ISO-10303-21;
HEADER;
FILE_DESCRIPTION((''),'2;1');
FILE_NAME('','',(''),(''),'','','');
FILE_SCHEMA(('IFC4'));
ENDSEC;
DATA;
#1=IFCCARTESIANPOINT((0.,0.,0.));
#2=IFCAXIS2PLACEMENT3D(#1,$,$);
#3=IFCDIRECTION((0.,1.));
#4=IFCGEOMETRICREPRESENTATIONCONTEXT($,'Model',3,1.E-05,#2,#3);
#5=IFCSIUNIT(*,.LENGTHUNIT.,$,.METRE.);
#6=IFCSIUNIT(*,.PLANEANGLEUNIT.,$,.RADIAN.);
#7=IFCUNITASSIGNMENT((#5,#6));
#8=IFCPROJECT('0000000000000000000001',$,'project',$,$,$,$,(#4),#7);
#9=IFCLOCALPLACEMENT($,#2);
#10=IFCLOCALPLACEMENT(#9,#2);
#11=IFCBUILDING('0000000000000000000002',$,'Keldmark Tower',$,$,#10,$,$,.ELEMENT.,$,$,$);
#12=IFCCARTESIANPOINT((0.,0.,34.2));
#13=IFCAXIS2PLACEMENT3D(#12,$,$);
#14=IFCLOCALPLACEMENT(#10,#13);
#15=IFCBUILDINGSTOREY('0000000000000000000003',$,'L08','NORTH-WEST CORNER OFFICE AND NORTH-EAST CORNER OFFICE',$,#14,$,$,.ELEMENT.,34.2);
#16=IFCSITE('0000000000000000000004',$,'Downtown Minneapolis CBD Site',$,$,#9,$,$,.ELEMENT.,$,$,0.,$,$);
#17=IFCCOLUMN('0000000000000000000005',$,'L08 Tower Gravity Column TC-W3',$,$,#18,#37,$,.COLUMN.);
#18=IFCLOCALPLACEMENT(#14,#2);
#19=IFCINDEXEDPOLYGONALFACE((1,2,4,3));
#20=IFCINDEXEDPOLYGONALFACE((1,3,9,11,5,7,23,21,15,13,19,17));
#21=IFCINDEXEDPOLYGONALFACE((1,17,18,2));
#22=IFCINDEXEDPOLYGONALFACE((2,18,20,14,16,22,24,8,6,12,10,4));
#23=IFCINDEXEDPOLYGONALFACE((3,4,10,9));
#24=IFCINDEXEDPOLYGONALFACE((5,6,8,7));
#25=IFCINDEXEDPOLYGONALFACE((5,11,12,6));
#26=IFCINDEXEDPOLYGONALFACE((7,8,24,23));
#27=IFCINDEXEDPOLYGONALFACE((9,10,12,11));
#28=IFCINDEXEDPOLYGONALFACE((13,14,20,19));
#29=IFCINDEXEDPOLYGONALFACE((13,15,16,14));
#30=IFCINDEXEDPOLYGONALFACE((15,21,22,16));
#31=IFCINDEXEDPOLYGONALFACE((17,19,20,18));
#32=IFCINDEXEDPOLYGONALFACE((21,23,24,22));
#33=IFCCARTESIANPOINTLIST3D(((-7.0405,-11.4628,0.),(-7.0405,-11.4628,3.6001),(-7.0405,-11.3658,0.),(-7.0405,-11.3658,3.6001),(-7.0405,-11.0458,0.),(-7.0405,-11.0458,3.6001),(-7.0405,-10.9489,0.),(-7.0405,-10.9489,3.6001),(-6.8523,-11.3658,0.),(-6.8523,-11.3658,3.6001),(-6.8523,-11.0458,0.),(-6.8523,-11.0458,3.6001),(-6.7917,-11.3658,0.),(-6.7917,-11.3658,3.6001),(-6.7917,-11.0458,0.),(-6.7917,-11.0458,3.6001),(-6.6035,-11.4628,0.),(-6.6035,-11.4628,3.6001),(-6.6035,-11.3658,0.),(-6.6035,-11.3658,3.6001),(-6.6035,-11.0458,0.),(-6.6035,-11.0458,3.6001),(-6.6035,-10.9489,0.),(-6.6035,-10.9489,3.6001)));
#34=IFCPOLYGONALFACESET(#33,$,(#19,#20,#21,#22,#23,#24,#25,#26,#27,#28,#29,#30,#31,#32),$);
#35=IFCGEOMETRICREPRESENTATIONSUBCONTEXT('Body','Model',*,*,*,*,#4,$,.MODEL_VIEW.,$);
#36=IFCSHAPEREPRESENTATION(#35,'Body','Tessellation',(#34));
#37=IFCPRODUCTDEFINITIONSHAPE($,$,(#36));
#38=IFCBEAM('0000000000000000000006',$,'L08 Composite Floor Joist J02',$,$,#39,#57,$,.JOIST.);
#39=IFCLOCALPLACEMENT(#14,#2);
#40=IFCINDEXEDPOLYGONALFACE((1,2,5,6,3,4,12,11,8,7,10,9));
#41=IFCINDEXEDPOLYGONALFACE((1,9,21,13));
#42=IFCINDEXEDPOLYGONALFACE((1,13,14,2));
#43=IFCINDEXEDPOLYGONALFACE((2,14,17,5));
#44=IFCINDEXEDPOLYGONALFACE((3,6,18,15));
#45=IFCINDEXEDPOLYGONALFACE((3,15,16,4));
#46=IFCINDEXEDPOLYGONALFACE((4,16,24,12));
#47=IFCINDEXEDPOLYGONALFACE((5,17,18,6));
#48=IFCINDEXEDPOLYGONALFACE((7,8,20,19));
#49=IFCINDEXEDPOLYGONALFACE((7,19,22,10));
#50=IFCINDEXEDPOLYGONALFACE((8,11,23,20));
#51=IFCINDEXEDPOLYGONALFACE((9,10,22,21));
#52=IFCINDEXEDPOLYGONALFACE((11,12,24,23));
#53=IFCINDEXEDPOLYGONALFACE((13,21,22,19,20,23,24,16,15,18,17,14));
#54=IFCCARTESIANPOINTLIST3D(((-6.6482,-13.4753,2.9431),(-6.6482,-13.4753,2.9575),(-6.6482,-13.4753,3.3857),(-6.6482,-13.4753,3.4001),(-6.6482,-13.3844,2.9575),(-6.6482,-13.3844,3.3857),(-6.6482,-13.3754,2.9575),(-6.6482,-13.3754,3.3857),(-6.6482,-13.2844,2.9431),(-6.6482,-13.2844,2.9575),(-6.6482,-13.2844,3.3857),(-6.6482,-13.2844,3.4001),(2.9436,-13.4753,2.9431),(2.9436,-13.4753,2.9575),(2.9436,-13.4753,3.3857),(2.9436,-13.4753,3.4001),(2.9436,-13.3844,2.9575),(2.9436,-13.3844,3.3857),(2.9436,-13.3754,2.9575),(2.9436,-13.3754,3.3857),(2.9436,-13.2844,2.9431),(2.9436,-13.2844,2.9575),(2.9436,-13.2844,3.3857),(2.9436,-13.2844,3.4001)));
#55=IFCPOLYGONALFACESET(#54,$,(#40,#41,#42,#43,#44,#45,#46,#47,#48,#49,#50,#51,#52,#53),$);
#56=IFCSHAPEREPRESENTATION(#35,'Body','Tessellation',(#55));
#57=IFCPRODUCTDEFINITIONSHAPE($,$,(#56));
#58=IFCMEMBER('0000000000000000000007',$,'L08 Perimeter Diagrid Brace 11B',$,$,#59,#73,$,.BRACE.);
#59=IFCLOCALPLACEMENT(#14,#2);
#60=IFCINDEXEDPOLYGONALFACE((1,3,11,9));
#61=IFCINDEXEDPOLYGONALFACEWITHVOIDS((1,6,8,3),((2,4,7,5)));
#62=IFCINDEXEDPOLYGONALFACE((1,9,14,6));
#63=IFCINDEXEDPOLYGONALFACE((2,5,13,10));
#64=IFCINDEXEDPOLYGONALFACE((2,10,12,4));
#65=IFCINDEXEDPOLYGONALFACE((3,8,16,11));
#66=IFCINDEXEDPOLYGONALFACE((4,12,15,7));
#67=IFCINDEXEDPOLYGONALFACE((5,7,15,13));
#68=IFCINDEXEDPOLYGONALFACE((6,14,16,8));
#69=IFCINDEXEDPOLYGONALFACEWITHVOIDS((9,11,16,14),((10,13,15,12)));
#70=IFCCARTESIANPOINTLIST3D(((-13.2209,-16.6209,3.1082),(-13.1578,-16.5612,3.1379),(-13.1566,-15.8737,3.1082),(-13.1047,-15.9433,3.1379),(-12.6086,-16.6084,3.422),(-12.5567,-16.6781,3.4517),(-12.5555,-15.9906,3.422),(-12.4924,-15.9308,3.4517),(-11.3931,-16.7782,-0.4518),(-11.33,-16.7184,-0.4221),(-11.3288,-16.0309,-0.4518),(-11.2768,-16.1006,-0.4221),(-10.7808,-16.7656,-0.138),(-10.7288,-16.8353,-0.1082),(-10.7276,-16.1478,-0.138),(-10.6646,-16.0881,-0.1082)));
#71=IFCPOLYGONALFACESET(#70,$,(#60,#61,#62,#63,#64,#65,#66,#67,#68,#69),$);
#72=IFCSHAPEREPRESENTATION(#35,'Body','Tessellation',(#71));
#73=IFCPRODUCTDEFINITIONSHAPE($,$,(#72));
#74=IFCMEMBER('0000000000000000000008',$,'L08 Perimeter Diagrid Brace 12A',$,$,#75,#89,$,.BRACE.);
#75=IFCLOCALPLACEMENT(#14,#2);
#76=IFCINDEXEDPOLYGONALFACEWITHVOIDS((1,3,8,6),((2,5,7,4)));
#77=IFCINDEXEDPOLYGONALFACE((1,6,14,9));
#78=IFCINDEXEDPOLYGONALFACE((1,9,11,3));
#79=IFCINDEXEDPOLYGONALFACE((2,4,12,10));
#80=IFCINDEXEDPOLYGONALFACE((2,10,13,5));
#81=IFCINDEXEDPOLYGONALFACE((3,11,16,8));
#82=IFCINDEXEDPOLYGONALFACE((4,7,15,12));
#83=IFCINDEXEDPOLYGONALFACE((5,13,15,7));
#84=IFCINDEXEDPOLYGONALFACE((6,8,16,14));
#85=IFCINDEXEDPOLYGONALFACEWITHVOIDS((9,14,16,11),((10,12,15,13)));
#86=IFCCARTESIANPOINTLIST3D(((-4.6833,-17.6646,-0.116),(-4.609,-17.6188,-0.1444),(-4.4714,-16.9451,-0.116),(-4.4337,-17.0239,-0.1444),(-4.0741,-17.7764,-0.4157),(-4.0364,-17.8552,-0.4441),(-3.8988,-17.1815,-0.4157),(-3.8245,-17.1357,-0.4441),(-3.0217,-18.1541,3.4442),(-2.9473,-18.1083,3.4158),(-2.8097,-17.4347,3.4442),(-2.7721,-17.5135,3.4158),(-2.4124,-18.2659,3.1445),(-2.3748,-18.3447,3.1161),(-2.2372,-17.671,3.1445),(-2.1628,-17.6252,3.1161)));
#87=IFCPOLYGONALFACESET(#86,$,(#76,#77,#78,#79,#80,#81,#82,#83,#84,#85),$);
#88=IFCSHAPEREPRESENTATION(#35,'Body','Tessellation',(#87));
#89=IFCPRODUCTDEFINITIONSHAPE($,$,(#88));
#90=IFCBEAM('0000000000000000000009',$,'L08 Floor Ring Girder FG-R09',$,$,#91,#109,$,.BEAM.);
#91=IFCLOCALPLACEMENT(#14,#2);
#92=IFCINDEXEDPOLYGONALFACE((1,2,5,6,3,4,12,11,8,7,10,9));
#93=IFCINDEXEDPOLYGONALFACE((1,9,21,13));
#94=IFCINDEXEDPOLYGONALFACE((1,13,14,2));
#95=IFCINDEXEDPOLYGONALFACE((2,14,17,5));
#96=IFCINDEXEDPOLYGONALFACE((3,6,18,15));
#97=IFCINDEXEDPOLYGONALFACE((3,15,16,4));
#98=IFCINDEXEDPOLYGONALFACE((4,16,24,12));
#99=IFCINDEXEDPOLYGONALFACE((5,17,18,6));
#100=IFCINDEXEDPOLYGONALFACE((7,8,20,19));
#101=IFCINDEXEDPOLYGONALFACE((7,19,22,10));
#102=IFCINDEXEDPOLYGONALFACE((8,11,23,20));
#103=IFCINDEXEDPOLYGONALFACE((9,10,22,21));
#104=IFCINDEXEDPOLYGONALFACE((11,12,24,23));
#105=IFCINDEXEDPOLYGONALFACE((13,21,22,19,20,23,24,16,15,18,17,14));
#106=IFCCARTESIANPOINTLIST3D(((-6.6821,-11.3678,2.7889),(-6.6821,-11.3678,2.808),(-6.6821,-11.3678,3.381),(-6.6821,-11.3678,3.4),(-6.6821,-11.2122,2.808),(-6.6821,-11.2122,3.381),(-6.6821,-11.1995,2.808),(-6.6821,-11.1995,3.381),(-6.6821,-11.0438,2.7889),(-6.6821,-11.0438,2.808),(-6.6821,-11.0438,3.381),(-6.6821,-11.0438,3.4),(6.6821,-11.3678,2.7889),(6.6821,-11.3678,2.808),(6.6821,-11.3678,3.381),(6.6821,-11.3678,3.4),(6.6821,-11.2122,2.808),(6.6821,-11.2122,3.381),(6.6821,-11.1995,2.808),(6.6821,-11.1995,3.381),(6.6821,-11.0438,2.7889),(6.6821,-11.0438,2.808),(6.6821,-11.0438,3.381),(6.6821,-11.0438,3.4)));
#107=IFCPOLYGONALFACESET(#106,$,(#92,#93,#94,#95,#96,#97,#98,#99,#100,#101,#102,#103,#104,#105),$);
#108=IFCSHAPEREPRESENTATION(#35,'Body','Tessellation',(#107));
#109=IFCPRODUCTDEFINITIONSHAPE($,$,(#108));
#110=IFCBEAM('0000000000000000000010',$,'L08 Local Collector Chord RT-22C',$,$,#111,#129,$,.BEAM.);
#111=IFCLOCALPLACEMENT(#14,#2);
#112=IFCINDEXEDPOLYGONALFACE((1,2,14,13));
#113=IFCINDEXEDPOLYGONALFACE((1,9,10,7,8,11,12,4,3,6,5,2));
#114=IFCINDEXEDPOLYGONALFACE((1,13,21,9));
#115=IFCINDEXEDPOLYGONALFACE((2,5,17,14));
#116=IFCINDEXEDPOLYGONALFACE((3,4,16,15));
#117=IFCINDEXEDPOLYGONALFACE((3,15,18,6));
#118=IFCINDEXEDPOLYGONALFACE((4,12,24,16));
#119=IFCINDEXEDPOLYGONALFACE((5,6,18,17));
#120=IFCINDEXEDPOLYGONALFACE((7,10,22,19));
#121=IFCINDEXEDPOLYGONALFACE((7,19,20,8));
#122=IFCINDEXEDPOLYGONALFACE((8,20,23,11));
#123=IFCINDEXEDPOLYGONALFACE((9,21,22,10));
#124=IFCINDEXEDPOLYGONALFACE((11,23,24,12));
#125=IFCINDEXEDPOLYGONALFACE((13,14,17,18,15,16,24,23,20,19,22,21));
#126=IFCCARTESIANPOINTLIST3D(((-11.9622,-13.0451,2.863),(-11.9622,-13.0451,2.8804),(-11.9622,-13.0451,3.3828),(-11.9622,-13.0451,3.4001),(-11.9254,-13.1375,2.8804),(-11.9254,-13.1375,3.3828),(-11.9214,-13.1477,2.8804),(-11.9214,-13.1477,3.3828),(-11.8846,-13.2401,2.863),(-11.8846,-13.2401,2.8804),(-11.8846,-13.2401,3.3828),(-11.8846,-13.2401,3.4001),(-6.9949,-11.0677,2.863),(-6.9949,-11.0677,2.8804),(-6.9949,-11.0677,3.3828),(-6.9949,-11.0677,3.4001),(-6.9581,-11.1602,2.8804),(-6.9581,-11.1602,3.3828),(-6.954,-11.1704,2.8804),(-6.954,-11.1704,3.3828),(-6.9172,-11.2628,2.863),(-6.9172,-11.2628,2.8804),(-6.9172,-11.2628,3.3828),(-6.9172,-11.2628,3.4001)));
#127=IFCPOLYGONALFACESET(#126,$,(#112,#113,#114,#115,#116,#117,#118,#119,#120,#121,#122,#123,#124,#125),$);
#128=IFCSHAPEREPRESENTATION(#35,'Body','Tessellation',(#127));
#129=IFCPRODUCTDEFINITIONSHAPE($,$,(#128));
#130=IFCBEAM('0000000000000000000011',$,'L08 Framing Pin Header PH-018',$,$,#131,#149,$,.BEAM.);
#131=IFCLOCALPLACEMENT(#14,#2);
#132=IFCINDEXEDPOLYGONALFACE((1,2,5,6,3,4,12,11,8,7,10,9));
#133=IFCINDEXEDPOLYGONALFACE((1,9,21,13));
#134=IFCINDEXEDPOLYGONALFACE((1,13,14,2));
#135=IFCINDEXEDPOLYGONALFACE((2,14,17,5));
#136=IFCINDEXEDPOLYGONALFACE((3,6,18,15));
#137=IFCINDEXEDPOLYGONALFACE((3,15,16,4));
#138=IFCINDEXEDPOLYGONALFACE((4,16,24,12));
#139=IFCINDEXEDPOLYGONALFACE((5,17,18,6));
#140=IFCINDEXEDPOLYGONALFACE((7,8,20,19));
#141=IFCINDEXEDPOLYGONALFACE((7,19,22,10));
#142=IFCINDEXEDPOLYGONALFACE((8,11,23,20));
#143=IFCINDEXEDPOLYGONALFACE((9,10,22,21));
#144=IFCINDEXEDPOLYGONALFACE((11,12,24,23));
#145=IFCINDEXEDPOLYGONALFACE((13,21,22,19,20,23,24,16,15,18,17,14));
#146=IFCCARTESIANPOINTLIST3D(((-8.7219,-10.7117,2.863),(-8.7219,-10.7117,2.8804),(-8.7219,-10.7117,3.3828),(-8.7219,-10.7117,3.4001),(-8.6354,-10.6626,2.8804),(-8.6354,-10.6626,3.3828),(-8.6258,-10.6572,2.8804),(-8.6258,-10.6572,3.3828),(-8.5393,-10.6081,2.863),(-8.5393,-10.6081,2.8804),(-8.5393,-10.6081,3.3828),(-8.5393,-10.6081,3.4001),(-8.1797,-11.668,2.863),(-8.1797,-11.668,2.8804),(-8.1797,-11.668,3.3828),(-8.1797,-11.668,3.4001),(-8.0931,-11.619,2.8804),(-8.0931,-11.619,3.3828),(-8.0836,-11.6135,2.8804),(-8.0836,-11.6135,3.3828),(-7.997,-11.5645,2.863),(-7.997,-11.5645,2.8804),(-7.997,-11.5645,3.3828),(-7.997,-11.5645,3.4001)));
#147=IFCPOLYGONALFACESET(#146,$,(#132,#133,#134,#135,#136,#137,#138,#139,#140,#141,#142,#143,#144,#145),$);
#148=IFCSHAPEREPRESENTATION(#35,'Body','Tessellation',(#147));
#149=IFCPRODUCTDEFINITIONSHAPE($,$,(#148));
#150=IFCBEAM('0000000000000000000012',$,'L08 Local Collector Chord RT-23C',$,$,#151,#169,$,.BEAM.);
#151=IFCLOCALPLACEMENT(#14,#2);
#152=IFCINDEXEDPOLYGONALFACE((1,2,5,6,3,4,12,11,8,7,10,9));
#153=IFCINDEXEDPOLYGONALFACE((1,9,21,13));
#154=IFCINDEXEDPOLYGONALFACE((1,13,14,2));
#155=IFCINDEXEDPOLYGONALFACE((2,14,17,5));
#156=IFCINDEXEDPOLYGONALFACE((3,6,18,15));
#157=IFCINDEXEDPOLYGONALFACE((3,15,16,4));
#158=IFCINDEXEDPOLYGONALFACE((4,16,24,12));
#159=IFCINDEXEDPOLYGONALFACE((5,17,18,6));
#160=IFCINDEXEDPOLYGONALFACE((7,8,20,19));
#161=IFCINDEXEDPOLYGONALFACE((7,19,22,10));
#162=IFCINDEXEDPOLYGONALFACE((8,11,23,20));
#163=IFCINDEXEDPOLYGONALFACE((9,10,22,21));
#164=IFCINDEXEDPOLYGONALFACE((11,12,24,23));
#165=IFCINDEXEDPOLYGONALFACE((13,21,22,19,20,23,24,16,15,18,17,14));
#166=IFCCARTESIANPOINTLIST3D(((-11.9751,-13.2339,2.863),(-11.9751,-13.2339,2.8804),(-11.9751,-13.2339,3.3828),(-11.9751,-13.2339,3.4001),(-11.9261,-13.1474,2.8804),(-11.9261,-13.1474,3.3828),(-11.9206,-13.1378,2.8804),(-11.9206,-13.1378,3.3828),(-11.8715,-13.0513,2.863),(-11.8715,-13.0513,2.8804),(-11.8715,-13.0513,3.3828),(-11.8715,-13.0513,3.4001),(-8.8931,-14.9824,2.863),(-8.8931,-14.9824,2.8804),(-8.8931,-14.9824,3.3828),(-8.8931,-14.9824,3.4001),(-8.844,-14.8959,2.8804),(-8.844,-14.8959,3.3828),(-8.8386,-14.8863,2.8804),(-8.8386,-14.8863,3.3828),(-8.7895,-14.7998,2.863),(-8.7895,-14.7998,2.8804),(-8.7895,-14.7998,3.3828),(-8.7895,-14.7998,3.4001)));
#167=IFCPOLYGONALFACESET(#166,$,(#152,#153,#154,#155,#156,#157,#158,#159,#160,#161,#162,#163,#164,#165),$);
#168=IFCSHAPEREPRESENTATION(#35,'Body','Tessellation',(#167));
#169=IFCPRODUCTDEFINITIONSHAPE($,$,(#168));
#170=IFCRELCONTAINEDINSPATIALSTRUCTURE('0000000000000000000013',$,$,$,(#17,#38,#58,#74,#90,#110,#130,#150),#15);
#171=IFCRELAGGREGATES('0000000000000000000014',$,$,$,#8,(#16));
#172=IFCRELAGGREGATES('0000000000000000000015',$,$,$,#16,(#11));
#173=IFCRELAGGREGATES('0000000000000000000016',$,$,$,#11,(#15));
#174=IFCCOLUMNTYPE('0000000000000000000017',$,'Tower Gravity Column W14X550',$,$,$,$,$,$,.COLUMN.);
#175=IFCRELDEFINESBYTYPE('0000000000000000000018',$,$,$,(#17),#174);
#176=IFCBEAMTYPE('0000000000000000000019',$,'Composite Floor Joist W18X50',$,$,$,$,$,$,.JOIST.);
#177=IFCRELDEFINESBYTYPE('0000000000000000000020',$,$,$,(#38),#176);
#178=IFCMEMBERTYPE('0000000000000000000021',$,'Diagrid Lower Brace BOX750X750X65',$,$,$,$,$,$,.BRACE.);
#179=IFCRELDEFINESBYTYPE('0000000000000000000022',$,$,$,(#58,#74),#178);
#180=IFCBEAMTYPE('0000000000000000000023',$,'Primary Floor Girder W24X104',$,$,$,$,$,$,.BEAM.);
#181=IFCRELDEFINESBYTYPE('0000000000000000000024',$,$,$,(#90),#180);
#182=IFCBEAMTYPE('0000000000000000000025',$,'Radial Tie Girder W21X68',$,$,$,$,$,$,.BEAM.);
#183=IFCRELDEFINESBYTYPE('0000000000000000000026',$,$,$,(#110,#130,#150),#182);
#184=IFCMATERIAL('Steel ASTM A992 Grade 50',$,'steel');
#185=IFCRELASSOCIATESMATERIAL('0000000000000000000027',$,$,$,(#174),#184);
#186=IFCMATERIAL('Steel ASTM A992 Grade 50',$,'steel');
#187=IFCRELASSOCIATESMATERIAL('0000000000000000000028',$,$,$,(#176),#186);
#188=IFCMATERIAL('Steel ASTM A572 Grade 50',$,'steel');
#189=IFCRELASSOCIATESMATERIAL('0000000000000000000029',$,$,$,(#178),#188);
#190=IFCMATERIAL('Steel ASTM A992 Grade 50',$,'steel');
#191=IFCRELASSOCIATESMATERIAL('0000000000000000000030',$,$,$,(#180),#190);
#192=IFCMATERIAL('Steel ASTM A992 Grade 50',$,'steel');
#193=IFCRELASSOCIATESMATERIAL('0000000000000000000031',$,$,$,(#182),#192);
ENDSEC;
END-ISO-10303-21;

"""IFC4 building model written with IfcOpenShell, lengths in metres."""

from ifc_helpers import new_model, si_unit, direction, frame, origin, origin_2d, place, context, subcontext, project, spatial, hollow_rectangle, i_section, extrude, material, material_profile, profile_set, type_object, element, save


model = new_model("IFC4")

# Units and contexts
model_context = context("Model", 3, precision=1e-05, world=origin(), true_north=direction((0.0, 1.0)))
body_context = subcontext(model_context, "Body", "Model", "MODEL_VIEW")
ifc_project = project(units=[si_unit("LENGTHUNIT", "METRE"), si_unit("PLANEANGLEUNIT", "RADIAN")], contexts=[model_context])

# Site, building, storey
site_placement = place(None, origin())
site = spatial("IfcSite", under=ifc_project, at=site_placement, Name="Downtown Minneapolis CBD Site", CompositionType="ELEMENT", RefElevation=0.0)
building_placement = place(site_placement, origin())
building = spatial("IfcBuilding", under=site, at=building_placement, Name="Keldmark Tower", CompositionType="ELEMENT")
storey_placement = place(building_placement, frame((0.0, 0.0, 34.2)))
storey = spatial("IfcBuildingStorey", under=building, at=storey_placement, Name="L08", Description="NORTH-WEST CORNER OFFICE AND NORTH-EAST CORNER OFFICE", CompositionType="ELEMENT", Elevation=34.2)

# Column
ifc_material_1 = material(Name="Steel ASTM A992 Grade 50", Category="steel")
ifc_material_profile_1 = material_profile(ifc_material_1, i_section(OverallWidth=0.437, OverallDepth=0.5139, WebThickness=0.0605, FlangeThickness=0.0969, at=origin_2d()), Name="W14X550")
ifc_profile_set_1 = profile_set([ifc_material_profile_1], Name="Steel ASTM A992 Grade 50")
column_type = type_object("IfcColumnType", Name="Tower Gravity Column W14X550", PredefinedType="COLUMN", material=ifc_profile_set_1)
column_placement = place(storey_placement, frame((-6.822, -11.2058, 0.0), z_axis=(0.0, 0.0, 1.0), x_axis=(1.0, 0.0, 0.0)))
element("IfcColumn", 1, at=column_placement, inside=storey, type_object=column_type, Name="L08 Tower Gravity Column TC-W3", PredefinedType="COLUMN", context=body_context, shape_type="SweptSolid", body=[
    extrude(i_section(OverallWidth=0.437, OverallDepth=0.5139, WebThickness=0.0605, FlangeThickness=0.0969, at=origin_2d()), origin(), (0.0, 0.0, 1.0), 3.6001),
])

# Beam
ifc_material_2 = material(Name="Steel ASTM A992 Grade 50", Category="steel")
ifc_material_profile_2 = material_profile(ifc_material_2, i_section(OverallWidth=0.1909, OverallDepth=0.457, WebThickness=0.009, FlangeThickness=0.0144, at=origin_2d()), Name="W18X50")
ifc_profile_set_2 = profile_set([ifc_material_profile_2], Name="Steel ASTM A992 Grade 50")
beam_type_1 = type_object("IfcBeamType", Name="Composite Floor Joist W18X50", PredefinedType="JOIST", material=ifc_profile_set_2)
beam_1_placement = place(storey_placement, frame((-6.6482, -13.3799, 3.1716), z_axis=(1.0, 0.0, 0.0), x_axis=(0.0, 1.0, 0.0)))
element("IfcBeam", 2, at=beam_1_placement, inside=storey, type_object=beam_type_1, Name="L08 Composite Floor Joist J02", PredefinedType="JOIST", context=body_context, shape_type="SweptSolid", body=[
    extrude(i_section(OverallWidth=0.1909, OverallDepth=0.457, WebThickness=0.009, FlangeThickness=0.0144, at=origin_2d()), origin(), (0.0, 0.0, 1.0), 9.5918),
])

# Members
ifc_material_3 = material(Name="Steel ASTM A572 Grade 50", Category="steel")
ifc_material_profile_3 = material_profile(ifc_material_3, hollow_rectangle(XDim=0.75, YDim=0.75, WallThickness=0.0649, at=origin_2d()), Name="BOX750X750X65")
ifc_profile_set_3 = profile_set([ifc_material_profile_3], Name="Steel ASTM A572 Grade 50")
member_type = type_object("IfcMemberType", Name="Diagrid Lower Brace BOX750X750X65", PredefinedType="BRACE", material=ifc_profile_set_3)
member_1_placement = place(storey_placement, frame((-11.0288, -16.4331, -0.28), z_axis=(-0.456402, 0.039258, 0.888907), x_axis=(-0.085699, -0.996321, 0.0)))
element("IfcMember", 3, at=member_1_placement, inside=storey, type_object=member_type, Name="L08 Perimeter Diagrid Brace 11B", PredefinedType="BRACE", context=body_context, shape_type="SweptSolid", body=[
    extrude(hollow_rectangle(XDim=0.75, YDim=0.75, WallThickness=0.0649, at=origin_2d()), origin(), (0.0, 0.0, 1.0), 4.0049),
])
member_2_placement = place(storey_placement, frame((-4.2539, -17.4001, -0.28), z_axis=(0.419695, -0.123639, 0.899205), x_axis=(0.282586, 0.959242, 0.0)))
element("IfcMember", 4, at=member_2_placement, inside=storey, type_object=member_type, Name="L08 Perimeter Diagrid Brace 12A", PredefinedType="BRACE", context=body_context, shape_type="SweptSolid", body=[
    extrude(hollow_rectangle(XDim=0.75, YDim=0.75, WallThickness=0.0649, at=origin_2d()), origin(), (0.0, 0.0, 1.0), 3.9592),
])

# Beams
ifc_material_4 = material(Name="Steel ASTM A992 Grade 50", Category="steel")
ifc_material_profile_4 = material_profile(ifc_material_4, i_section(OverallWidth=0.324, OverallDepth=0.6111, WebThickness=0.0127, FlangeThickness=0.019, at=origin_2d()), Name="W24X104")
ifc_profile_set_4 = profile_set([ifc_material_profile_4], Name="Steel ASTM A992 Grade 50")
beam_type_2 = type_object("IfcBeamType", Name="Primary Floor Girder W24X104", PredefinedType="BEAM", material=ifc_profile_set_4)
beam_2_placement = place(storey_placement, frame((-6.6821, -11.2058, 3.0945), z_axis=(1.0, 0.0, 0.0), x_axis=(0.0, 1.0, 0.0)))
element("IfcBeam", 5, at=beam_2_placement, inside=storey, type_object=beam_type_2, Name="L08 Floor Ring Girder FG-R09", PredefinedType="BEAM", context=body_context, shape_type="SweptSolid", body=[
    extrude(i_section(OverallWidth=0.324, OverallDepth=0.6111, WebThickness=0.0127, FlangeThickness=0.019, at=origin_2d()), origin(), (0.0, 0.0, 1.0), 13.3643),
])
ifc_material_5 = material(Name="Steel ASTM A992 Grade 50", Category="steel")
ifc_material_profile_5 = material_profile(ifc_material_5, i_section(OverallWidth=0.21, OverallDepth=0.5371, WebThickness=0.011, FlangeThickness=0.0173, at=origin_2d()), Name="W21X68")
ifc_profile_set_5 = profile_set([ifc_material_profile_5], Name="Steel ASTM A992 Grade 50")
beam_type_3 = type_object("IfcBeamType", Name="Radial Tie Girder W21X68", PredefinedType="BEAM", material=ifc_profile_set_5)
beam_3_placement = place(storey_placement, frame((-6.9561, -11.1653, 3.1316), z_axis=(-0.929096, -0.369839, 0.0), x_axis=(0.369839, -0.929096, 0.0)))
element("IfcBeam", 6, at=beam_3_placement, inside=storey, type_object=beam_type_3, Name="L08 Local Collector Chord RT-22C", PredefinedType="BEAM", context=body_context, shape_type="SweptSolid", body=[
    extrude(i_section(OverallWidth=0.21, OverallDepth=0.5371, WebThickness=0.011, FlangeThickness=0.0173, at=origin_2d()), origin(), (0.0, 0.0, 1.0), 5.3464),
])
beam_4_placement = place(storey_placement, frame((-8.6306, -10.6599, 3.1316), z_axis=(0.493242, -0.869892, 0.0), x_axis=(0.869892, 0.493242, 0.0)))
element("IfcBeam", 7, at=beam_4_placement, inside=storey, type_object=beam_type_3, Name="L08 Framing Pin Header PH-018", PredefinedType="BEAM", context=body_context, shape_type="SweptSolid", body=[
    extrude(i_section(OverallWidth=0.21, OverallDepth=0.5371, WebThickness=0.011, FlangeThickness=0.0173, at=origin_2d()), origin(), (0.0, 0.0, 1.0), 1.0994),
])
beam_5_placement = place(storey_placement, frame((-11.9233, -13.1426, 3.1316), z_axis=(0.869774, -0.493451, 0.0), x_axis=(0.493451, 0.869774, 0.0)))
element("IfcBeam", 8, at=beam_5_placement, inside=storey, type_object=beam_type_3, Name="L08 Local Collector Chord RT-23C", PredefinedType="BEAM", context=body_context, shape_type="SweptSolid", body=[
    extrude(i_section(OverallWidth=0.21, OverallDepth=0.5371, WebThickness=0.011, FlangeThickness=0.0173, at=origin_2d()), origin(), (0.0, 0.0, 1.0), 3.5435),
])

save(model, "model.ifc")
